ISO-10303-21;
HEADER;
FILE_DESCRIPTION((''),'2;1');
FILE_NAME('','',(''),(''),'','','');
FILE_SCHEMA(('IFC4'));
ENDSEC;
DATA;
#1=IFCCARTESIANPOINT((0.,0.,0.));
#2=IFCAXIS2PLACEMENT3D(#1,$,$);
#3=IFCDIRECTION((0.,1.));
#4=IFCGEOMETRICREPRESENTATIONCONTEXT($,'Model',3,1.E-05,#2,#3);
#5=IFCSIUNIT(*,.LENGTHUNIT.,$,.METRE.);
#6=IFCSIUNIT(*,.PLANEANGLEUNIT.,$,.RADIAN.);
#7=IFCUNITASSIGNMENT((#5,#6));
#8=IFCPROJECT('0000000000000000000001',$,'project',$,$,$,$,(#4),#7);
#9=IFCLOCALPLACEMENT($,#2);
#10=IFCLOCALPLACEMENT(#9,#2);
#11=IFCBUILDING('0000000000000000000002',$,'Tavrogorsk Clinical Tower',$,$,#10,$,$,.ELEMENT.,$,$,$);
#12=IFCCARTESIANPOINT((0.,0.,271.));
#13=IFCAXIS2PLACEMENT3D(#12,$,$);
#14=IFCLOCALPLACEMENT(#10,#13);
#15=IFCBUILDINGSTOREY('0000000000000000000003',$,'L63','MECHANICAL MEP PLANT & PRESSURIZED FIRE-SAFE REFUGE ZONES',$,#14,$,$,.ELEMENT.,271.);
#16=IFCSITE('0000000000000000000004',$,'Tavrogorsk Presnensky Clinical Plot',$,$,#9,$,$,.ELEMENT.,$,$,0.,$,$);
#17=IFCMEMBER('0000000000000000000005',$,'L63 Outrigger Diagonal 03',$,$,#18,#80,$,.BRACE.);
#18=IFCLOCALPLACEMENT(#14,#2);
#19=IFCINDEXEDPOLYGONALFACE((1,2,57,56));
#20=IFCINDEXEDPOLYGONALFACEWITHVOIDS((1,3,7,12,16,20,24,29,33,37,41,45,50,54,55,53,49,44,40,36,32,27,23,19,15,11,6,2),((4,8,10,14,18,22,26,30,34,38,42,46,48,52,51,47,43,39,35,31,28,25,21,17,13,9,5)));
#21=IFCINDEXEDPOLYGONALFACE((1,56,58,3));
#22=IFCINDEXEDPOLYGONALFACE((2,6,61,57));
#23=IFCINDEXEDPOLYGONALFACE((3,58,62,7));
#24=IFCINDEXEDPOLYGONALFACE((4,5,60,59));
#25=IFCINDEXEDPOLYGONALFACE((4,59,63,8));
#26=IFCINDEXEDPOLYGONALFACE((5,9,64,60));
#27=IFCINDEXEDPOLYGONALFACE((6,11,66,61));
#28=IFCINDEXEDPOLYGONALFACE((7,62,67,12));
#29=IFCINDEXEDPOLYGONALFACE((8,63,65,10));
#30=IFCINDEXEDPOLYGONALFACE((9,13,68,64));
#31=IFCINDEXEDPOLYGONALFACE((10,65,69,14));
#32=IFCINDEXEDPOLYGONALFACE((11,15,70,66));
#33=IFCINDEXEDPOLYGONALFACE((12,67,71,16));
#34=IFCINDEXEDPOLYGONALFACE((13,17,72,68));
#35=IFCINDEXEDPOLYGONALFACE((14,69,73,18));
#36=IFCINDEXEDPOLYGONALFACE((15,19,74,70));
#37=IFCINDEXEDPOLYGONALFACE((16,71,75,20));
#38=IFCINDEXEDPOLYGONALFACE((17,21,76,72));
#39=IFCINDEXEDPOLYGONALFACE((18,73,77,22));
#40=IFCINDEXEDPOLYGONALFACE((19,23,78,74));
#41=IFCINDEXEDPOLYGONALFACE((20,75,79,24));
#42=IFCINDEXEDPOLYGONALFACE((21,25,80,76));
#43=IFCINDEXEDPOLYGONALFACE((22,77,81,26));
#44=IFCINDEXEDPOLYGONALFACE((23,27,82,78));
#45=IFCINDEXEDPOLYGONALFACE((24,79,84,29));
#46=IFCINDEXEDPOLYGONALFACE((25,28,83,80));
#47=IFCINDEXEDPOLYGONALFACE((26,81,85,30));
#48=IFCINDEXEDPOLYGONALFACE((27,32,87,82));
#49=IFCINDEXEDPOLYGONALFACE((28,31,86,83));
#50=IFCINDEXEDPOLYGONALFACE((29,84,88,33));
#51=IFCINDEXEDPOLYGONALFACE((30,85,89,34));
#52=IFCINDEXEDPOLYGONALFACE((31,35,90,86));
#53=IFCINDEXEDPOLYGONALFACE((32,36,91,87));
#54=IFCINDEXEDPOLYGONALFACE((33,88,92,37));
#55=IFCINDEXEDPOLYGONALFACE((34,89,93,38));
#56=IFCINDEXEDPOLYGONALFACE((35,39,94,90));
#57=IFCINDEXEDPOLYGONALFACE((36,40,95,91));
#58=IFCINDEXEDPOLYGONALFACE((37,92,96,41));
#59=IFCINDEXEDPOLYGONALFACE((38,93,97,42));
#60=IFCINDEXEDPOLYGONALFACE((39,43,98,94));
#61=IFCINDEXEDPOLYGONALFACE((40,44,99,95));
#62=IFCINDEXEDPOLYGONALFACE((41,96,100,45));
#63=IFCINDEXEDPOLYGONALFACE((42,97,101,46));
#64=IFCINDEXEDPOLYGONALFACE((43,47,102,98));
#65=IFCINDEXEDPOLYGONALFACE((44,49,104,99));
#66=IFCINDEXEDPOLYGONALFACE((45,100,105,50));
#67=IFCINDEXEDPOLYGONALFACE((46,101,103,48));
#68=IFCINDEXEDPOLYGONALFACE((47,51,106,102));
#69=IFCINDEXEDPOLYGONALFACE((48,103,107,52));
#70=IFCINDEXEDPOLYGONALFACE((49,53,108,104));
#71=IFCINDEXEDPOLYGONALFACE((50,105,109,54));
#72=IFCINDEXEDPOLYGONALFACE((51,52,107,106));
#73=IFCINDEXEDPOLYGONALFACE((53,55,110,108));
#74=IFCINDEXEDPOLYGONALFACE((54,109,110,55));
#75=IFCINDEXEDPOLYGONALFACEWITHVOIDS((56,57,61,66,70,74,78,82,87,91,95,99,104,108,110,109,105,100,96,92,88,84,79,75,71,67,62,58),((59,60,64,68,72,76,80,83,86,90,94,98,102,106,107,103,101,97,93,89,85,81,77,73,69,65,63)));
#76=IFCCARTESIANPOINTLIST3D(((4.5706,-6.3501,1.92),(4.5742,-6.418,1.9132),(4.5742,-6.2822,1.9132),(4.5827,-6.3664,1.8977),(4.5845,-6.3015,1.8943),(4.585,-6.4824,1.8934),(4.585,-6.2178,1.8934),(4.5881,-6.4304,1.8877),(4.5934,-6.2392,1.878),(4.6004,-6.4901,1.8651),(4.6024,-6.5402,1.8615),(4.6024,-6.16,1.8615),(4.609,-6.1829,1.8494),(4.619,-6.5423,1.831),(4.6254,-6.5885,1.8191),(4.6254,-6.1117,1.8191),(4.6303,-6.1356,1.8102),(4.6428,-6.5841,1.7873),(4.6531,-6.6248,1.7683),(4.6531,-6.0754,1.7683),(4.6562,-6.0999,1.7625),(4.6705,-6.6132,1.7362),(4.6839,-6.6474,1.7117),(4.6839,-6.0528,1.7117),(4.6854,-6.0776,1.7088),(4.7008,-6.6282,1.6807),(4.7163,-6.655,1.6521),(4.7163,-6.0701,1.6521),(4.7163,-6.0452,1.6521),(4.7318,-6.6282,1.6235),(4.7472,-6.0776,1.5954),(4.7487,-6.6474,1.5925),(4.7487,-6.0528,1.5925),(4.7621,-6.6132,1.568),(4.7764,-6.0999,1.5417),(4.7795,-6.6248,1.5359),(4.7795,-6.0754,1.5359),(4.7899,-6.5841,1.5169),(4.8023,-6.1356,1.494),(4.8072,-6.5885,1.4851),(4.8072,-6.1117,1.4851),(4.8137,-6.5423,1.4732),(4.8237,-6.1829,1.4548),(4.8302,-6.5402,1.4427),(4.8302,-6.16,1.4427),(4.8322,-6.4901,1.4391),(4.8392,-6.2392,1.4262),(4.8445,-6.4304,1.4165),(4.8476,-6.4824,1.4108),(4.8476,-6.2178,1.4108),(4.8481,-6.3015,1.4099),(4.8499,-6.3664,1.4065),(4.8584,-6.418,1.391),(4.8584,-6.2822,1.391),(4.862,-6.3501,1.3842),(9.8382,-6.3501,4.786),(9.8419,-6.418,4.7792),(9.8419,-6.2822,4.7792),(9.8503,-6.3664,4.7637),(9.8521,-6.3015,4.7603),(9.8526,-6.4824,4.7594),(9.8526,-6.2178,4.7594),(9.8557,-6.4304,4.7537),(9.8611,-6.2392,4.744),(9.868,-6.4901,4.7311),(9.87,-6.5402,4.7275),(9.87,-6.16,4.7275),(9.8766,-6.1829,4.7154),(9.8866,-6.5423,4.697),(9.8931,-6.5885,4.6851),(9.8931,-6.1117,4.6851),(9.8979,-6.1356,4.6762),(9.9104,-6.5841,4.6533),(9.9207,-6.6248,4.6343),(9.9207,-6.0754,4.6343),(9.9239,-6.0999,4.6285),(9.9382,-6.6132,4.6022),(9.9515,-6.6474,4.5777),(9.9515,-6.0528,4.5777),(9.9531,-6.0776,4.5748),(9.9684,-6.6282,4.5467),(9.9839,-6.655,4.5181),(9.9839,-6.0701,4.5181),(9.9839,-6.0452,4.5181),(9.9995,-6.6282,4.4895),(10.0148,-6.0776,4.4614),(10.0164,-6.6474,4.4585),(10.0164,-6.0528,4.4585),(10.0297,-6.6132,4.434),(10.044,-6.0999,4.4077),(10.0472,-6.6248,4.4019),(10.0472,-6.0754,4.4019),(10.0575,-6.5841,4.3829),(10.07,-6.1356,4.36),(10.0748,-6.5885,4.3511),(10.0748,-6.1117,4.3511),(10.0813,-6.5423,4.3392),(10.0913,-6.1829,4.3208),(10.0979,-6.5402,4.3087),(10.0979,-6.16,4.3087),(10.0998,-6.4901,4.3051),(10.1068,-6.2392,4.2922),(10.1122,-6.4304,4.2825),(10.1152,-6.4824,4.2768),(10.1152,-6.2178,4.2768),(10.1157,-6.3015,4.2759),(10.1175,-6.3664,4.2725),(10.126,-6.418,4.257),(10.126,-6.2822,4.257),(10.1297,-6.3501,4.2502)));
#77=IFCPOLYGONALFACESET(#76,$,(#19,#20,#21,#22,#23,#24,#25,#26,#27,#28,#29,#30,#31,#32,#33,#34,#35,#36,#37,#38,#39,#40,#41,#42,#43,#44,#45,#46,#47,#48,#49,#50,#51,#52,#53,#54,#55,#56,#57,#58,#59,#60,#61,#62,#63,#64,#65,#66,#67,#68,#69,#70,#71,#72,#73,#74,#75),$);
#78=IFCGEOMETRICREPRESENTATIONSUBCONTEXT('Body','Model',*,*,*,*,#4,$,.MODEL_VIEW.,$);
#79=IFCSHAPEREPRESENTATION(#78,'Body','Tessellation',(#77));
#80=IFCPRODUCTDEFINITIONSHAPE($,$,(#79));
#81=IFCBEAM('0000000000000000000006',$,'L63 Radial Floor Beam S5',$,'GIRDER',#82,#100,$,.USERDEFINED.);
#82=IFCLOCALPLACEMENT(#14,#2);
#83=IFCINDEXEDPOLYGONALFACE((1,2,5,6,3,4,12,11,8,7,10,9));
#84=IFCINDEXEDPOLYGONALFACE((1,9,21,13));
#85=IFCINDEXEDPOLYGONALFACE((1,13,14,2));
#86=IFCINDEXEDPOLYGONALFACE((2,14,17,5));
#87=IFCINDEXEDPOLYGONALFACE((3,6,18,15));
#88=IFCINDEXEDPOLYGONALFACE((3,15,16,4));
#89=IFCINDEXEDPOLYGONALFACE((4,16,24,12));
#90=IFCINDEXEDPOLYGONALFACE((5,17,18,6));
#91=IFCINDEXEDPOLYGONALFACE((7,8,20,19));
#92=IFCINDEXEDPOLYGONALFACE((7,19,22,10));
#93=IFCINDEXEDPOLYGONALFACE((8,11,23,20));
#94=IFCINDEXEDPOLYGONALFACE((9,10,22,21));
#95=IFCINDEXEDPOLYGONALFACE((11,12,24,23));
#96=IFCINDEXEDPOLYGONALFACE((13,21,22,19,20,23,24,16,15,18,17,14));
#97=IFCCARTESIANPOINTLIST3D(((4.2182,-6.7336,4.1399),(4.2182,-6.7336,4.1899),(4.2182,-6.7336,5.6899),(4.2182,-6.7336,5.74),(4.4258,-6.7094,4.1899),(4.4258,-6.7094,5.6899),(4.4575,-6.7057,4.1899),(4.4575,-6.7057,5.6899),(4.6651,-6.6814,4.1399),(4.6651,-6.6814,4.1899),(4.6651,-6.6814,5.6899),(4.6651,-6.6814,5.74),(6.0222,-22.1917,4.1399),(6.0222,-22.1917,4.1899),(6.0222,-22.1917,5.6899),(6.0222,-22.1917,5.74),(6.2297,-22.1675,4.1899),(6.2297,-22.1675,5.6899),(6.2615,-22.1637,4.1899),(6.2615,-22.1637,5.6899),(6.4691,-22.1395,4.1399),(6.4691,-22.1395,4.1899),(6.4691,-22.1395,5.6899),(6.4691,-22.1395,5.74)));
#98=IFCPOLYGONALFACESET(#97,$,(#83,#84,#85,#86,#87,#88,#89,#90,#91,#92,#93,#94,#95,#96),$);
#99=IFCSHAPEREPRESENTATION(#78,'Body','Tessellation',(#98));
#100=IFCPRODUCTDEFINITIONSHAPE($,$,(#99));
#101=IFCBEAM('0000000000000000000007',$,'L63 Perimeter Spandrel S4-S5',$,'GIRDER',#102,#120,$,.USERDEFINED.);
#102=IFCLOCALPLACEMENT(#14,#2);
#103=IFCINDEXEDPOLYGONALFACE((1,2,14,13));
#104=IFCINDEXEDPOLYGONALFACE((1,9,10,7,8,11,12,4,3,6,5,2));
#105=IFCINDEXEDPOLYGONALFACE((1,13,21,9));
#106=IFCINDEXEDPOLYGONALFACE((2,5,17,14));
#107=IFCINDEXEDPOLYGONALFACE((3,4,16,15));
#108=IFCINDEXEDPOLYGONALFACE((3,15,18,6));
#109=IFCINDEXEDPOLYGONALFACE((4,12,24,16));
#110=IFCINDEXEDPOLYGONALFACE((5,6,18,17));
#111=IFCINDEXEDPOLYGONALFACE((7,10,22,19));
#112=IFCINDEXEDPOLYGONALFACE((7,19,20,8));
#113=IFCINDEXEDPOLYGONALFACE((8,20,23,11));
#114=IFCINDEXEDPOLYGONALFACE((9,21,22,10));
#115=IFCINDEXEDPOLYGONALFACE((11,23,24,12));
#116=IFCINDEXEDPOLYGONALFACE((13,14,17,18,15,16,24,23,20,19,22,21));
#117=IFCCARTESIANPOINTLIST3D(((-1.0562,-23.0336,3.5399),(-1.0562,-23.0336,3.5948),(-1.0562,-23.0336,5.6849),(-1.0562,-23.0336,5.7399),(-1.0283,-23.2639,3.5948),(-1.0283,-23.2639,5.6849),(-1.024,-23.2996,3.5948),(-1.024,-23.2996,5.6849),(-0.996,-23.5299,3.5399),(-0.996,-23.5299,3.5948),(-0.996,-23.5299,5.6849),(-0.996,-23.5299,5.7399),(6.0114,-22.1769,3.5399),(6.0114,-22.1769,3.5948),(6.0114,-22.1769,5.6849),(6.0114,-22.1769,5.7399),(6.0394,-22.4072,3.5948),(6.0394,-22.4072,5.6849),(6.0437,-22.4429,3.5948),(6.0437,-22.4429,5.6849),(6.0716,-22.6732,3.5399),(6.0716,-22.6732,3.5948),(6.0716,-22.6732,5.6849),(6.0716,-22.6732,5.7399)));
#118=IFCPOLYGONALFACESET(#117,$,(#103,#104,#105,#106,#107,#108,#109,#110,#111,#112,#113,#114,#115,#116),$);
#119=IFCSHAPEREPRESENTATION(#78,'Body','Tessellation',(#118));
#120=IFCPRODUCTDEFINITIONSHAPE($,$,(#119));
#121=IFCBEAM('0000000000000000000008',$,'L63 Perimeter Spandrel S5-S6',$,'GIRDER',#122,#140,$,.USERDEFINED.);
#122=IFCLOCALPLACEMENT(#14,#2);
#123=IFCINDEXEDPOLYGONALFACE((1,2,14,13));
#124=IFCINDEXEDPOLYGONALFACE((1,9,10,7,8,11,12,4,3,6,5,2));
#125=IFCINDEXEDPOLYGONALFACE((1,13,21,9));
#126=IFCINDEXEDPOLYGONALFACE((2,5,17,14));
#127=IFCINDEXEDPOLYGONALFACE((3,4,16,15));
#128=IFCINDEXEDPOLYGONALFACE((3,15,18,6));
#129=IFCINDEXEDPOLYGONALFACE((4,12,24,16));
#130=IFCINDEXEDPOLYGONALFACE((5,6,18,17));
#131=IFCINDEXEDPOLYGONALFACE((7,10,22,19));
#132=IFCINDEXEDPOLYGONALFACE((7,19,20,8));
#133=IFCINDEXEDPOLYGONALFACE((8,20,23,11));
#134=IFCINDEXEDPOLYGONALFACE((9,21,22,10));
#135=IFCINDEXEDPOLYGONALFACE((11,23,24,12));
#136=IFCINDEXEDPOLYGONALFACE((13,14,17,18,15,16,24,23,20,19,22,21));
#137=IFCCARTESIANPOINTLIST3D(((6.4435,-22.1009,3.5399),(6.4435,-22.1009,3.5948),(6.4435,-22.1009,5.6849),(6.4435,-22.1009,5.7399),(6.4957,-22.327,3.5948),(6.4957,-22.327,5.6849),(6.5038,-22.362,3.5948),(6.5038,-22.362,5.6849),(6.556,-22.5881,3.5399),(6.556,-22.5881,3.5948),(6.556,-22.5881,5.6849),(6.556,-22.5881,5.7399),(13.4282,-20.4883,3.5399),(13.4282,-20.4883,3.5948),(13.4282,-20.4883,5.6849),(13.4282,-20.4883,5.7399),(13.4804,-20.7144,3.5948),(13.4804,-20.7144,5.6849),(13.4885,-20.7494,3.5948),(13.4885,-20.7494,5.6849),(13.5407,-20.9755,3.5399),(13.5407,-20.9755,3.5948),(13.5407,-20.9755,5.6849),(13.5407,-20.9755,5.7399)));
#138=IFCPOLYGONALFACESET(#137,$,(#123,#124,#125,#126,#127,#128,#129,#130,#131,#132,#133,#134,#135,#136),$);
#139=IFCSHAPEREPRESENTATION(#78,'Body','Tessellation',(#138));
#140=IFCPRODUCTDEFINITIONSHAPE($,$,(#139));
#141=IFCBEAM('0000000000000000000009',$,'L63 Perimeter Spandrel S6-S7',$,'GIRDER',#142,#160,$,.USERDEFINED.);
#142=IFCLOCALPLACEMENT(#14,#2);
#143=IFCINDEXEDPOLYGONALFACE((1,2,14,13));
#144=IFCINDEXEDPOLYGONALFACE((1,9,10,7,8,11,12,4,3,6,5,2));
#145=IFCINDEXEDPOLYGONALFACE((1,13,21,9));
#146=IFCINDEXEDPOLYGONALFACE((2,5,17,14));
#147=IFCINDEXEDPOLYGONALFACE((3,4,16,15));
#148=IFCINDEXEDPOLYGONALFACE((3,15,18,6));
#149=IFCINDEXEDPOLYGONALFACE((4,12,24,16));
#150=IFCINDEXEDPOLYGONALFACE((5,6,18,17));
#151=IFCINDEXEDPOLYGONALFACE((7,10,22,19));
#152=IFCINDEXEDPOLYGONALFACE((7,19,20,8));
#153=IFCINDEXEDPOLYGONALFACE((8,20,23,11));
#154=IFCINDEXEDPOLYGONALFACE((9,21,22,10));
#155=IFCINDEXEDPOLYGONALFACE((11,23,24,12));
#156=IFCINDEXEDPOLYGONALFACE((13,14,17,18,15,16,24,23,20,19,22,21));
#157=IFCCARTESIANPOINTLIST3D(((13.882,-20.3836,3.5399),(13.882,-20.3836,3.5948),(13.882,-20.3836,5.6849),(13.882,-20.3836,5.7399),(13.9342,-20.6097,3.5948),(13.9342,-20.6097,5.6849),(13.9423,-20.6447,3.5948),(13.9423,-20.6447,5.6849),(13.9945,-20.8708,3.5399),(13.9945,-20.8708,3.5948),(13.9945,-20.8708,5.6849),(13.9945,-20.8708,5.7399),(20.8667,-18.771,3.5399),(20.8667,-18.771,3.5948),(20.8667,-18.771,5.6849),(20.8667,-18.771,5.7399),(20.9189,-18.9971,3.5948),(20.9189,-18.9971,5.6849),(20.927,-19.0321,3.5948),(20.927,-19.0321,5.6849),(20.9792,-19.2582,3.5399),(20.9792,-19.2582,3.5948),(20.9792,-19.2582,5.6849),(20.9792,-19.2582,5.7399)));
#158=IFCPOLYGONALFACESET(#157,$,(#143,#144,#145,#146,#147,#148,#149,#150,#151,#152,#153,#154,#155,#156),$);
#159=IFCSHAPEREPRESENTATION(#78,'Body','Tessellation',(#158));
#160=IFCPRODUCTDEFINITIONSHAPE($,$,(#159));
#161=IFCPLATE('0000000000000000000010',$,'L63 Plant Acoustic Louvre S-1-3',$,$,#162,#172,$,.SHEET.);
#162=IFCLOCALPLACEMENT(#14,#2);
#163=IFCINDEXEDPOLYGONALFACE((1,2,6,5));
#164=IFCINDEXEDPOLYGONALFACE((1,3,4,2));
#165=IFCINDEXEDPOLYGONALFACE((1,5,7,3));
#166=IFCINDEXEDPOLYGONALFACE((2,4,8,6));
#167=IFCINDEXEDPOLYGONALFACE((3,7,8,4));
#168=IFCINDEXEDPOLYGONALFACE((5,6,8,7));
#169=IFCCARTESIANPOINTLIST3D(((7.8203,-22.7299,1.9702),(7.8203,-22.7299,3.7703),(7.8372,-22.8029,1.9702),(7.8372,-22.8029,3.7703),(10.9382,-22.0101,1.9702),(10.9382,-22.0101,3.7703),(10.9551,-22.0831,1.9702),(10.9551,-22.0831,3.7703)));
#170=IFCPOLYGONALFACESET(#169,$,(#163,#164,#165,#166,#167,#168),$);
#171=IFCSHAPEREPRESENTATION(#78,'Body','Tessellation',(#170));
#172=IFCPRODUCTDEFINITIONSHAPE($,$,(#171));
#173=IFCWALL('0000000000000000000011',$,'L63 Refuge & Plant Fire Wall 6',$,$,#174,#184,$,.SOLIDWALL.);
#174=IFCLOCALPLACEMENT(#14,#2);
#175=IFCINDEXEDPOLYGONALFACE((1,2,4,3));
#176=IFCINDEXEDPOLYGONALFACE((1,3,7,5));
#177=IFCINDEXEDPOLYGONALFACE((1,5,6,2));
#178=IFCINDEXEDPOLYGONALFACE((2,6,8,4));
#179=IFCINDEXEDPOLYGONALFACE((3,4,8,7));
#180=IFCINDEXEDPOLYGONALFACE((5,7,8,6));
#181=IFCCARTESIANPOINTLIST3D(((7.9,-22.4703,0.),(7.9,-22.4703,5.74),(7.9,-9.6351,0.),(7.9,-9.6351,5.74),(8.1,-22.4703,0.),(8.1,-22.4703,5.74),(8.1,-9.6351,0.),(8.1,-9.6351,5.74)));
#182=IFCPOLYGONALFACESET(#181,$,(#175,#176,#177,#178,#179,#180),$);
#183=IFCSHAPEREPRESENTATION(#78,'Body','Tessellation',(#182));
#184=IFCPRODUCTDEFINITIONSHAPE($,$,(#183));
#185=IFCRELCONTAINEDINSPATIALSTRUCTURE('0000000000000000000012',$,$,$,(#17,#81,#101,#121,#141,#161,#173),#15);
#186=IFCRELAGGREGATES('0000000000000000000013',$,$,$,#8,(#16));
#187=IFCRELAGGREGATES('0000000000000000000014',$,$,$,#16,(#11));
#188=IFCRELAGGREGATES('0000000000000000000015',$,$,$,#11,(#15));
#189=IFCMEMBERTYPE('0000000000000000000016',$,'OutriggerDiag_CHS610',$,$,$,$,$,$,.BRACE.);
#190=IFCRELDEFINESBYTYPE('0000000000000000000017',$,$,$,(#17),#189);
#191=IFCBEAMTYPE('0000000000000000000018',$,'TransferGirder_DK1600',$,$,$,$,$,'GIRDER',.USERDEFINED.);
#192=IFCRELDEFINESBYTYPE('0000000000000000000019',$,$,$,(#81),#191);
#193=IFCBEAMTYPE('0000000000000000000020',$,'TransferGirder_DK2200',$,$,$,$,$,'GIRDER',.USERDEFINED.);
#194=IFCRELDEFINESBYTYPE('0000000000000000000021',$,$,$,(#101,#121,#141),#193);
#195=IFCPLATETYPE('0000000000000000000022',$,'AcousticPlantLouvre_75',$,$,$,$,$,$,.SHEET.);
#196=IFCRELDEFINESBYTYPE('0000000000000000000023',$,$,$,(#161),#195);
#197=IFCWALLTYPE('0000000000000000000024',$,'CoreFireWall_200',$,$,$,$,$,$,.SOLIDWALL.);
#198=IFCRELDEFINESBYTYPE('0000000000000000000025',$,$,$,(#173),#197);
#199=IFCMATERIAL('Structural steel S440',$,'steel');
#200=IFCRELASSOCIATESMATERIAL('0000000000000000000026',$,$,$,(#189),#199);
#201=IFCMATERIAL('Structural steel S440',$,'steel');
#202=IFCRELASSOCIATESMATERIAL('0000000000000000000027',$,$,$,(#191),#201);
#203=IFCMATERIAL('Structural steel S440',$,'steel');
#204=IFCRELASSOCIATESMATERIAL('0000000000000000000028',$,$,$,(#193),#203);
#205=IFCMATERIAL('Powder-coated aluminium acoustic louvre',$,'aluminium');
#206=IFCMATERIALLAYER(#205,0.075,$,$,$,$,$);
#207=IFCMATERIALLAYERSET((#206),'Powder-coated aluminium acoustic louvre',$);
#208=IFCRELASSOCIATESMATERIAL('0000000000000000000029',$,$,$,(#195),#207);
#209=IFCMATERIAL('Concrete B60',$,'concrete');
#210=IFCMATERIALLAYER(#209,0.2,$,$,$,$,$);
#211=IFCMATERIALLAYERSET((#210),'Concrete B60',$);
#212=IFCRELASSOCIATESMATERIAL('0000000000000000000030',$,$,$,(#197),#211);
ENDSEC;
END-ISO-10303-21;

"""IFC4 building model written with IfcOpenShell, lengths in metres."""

from ifc_helpers import new_model, si_unit, direction, frame, frame_2d, origin, origin_2d, place, context, subcontext, project, spatial, rectangle, hollow_circle, i_section, extrude, material, layer, layer_set, material_profile, profile_set, type_object, element, save


model = new_model("IFC4")

# Units and contexts
model_context = context("Model", 3, precision=1e-05, world=origin(), true_north=direction((0.0, 1.0)))
body_context = subcontext(model_context, "Body", "Model", "MODEL_VIEW")
ifc_project = project(units=[si_unit("LENGTHUNIT", "METRE"), si_unit("PLANEANGLEUNIT", "RADIAN")], contexts=[model_context])

# Site, building, storey
site_placement = place(None, origin())
site = spatial("IfcSite", under=ifc_project, at=site_placement, Name="Tavrogorsk Presnensky Clinical Plot", CompositionType="ELEMENT", RefElevation=0.0)
building_placement = place(site_placement, origin())
building = spatial("IfcBuilding", under=site, at=building_placement, Name="Tavrogorsk Clinical Tower", CompositionType="ELEMENT")
storey_placement = place(building_placement, frame((0.0, 0.0, 271.0)))
storey = spatial("IfcBuildingStorey", under=building, at=storey_placement, Name="L63", Description="MECHANICAL MEP PLANT & PRESSURIZED FIRE-SAFE REFUGE ZONES", CompositionType="ELEMENT", Elevation=271.0)

# Member
ifc_material_1 = material(Name="Structural steel S440", Category="steel")
ifc_material_profile_1 = material_profile(ifc_material_1, hollow_circle(Radius=0.3049, WallThickness=0.0249, at=origin_2d()), Name="CHS-610x25")
ifc_profile_set_1 = profile_set([ifc_material_profile_1], Name="Structural steel S440")
member_type_1 = type_object("IfcMemberType", Name="OutriggerDiag_CHS610", PredefinedType="BRACE", material=ifc_profile_set_1)
member_1_placement = place(storey_placement, frame((4.7163, -6.3501, 1.6521), z_axis=(0.878404, 0.0, 0.477919), x_axis=(0.0, 1.0, 0.0)))
element("IfcMember", 1, at=member_1_placement, inside=storey, type_object=member_type_1, Name="L63 Outrigger Diagonal 03", PredefinedType="BRACE", context=body_context, shape_type="SweptSolid", body=[
    extrude(hollow_circle(Radius=0.3049, WallThickness=0.0249, at=origin_2d()), origin(), (0.0, 0.0, 1.0), 5.9968),
])

# Beams
ifc_material_2 = material(Name="Structural steel S440", Category="steel")
ifc_material_profile_2 = material_profile(ifc_material_2, i_section(OverallWidth=0.45, OverallDepth=1.6001, WebThickness=0.032, FlangeThickness=0.05, at=origin_2d()), Name="DK-1600x450x32x50")
ifc_profile_set_2 = profile_set([ifc_material_profile_2], Name="Structural steel S440")
beam_type_1 = type_object("IfcBeamType", Name="TransferGirder_DK1600", ElementType="GIRDER", PredefinedType="USERDEFINED", material=ifc_profile_set_2)
beam_1_placement = place(storey_placement, frame((4.4417, -6.7075, 4.9399), z_axis=(0.115914, -0.993259, 0.0), x_axis=(0.993259, 0.115914, 0.0)))
element("IfcBeam", 2, at=beam_1_placement, inside=storey, type_object=beam_type_1, Name="L63 Radial Floor Beam S5", ObjectType="GIRDER", PredefinedType="USERDEFINED", context=body_context, shape_type="SweptSolid", body=[
    extrude(i_section(OverallWidth=0.45, OverallDepth=1.6001, WebThickness=0.032, FlangeThickness=0.05, at=origin_2d()), origin(), (0.0, 0.0, 1.0), 15.563),
])
ifc_material_3 = material(Name="Structural steel S440", Category="steel")
ifc_material_profile_3 = material_profile(ifc_material_3, i_section(OverallWidth=0.5, OverallDepth=2.2, WebThickness=0.0359, FlangeThickness=0.0549, at=origin_2d()), Name="DK-2200x500x36x55")
ifc_profile_set_3 = profile_set([ifc_material_profile_3], Name="Structural steel S440")
beam_type_2 = type_object("IfcBeamType", Name="TransferGirder_DK2200", ElementType="GIRDER", PredefinedType="USERDEFINED", material=ifc_profile_set_3)
beam_2_placement = place(storey_placement, frame((-1.0261, -23.2817, 4.6399), z_axis=(0.992734, 0.120332, 0.0), x_axis=(-0.120332, 0.992734, 0.0)))
element("IfcBeam", 3, at=beam_2_placement, inside=storey, type_object=beam_type_2, Name="L63 Perimeter Spandrel S4-S5", ObjectType="GIRDER", PredefinedType="USERDEFINED", context=body_context, shape_type="SweptSolid", body=[
    extrude(i_section(OverallWidth=0.5, OverallDepth=2.2, WebThickness=0.0359, FlangeThickness=0.0549, at=origin_2d()), origin(), (0.0, 0.0, 1.0), 7.1194),
])
for number, where, z_axis, x_axis, name in (
    (4, (6.4998, -22.3445, 4.6399), (0.974369, 0.224954, 0.0), (-0.224954, 0.974369, 0.0), "L63 Perimeter Spandrel S5-S6"),
    (5, (13.9382, -20.6272, 4.6399), (0.974369, 0.224954, 0.0), (-0.224954, 0.974369, 0.0), "L63 Perimeter Spandrel S6-S7"),
):
    element("IfcBeam", number, at=place(storey_placement, frame(where, z_axis=z_axis, x_axis=x_axis)), inside=storey, type_object=beam_type_2, Name=name, ObjectType="GIRDER", PredefinedType="USERDEFINED", context=body_context, shape_type="SweptSolid", body=[
        extrude(i_section(OverallWidth=0.5, OverallDepth=2.2, WebThickness=0.0359, FlangeThickness=0.0549, at=origin_2d()), origin(), (0.0, 0.0, 1.0), 7.1685),
    ])

# Plate
ifc_material_4 = material(Name="Powder-coated aluminium acoustic louvre", Category="aluminium")
ifc_layer_1 = layer(ifc_material_4, 0.075)
ifc_layer_set_1 = layer_set([ifc_layer_1], Name="Powder-coated aluminium acoustic louvre")
plate_type = type_object("IfcPlateType", Name="AcousticPlantLouvre_75", PredefinedType="SHEET", material=ifc_layer_set_1)
plate_placement = place(storey_placement, frame((9.3877, -22.4065, 1.9702), z_axis=(0.0, 0.0, 1.0), x_axis=(0.97437, 0.224953, 0.0)))
element("IfcPlate", 6, at=plate_placement, inside=storey, type_object=plate_type, Name="L63 Plant Acoustic Louvre S-1-3", PredefinedType="SHEET", context=body_context, shape_type="SweptSolid", body=[
    extrude(rectangle(XDim=3.2, YDim=0.075, at=origin_2d()), origin(), (0.0, 0.0, 1.0), 1.8),
])

# Wall
ifc_material_5 = material(Name="Concrete B60", Category="concrete")
ifc_layer_2 = layer(ifc_material_5, 0.2)
ifc_layer_set_2 = layer_set([ifc_layer_2], Name="Concrete B60")
wall_type = type_object("IfcWallType", Name="CoreFireWall_200", PredefinedType="SOLIDWALL", material=ifc_layer_set_2)
wall_placement = place(storey_placement, frame((8.0, -22.4702, 0.0), z_axis=(0.0, 0.0, 1.0), x_axis=(0.0, 1.0, 0.0)))
element("IfcWall", 7, at=wall_placement, inside=storey, type_object=wall_type, Name="L63 Refuge & Plant Fire Wall 6", PredefinedType="SOLIDWALL", context=body_context, shape_type="SweptSolid", body=[
    extrude(rectangle(XDim=12.8352, YDim=0.2, at=frame_2d((6.4175, 0.0))), origin(), (0.0, 0.0, 1.0), 5.74),
])

save(model, "model.ifc")
